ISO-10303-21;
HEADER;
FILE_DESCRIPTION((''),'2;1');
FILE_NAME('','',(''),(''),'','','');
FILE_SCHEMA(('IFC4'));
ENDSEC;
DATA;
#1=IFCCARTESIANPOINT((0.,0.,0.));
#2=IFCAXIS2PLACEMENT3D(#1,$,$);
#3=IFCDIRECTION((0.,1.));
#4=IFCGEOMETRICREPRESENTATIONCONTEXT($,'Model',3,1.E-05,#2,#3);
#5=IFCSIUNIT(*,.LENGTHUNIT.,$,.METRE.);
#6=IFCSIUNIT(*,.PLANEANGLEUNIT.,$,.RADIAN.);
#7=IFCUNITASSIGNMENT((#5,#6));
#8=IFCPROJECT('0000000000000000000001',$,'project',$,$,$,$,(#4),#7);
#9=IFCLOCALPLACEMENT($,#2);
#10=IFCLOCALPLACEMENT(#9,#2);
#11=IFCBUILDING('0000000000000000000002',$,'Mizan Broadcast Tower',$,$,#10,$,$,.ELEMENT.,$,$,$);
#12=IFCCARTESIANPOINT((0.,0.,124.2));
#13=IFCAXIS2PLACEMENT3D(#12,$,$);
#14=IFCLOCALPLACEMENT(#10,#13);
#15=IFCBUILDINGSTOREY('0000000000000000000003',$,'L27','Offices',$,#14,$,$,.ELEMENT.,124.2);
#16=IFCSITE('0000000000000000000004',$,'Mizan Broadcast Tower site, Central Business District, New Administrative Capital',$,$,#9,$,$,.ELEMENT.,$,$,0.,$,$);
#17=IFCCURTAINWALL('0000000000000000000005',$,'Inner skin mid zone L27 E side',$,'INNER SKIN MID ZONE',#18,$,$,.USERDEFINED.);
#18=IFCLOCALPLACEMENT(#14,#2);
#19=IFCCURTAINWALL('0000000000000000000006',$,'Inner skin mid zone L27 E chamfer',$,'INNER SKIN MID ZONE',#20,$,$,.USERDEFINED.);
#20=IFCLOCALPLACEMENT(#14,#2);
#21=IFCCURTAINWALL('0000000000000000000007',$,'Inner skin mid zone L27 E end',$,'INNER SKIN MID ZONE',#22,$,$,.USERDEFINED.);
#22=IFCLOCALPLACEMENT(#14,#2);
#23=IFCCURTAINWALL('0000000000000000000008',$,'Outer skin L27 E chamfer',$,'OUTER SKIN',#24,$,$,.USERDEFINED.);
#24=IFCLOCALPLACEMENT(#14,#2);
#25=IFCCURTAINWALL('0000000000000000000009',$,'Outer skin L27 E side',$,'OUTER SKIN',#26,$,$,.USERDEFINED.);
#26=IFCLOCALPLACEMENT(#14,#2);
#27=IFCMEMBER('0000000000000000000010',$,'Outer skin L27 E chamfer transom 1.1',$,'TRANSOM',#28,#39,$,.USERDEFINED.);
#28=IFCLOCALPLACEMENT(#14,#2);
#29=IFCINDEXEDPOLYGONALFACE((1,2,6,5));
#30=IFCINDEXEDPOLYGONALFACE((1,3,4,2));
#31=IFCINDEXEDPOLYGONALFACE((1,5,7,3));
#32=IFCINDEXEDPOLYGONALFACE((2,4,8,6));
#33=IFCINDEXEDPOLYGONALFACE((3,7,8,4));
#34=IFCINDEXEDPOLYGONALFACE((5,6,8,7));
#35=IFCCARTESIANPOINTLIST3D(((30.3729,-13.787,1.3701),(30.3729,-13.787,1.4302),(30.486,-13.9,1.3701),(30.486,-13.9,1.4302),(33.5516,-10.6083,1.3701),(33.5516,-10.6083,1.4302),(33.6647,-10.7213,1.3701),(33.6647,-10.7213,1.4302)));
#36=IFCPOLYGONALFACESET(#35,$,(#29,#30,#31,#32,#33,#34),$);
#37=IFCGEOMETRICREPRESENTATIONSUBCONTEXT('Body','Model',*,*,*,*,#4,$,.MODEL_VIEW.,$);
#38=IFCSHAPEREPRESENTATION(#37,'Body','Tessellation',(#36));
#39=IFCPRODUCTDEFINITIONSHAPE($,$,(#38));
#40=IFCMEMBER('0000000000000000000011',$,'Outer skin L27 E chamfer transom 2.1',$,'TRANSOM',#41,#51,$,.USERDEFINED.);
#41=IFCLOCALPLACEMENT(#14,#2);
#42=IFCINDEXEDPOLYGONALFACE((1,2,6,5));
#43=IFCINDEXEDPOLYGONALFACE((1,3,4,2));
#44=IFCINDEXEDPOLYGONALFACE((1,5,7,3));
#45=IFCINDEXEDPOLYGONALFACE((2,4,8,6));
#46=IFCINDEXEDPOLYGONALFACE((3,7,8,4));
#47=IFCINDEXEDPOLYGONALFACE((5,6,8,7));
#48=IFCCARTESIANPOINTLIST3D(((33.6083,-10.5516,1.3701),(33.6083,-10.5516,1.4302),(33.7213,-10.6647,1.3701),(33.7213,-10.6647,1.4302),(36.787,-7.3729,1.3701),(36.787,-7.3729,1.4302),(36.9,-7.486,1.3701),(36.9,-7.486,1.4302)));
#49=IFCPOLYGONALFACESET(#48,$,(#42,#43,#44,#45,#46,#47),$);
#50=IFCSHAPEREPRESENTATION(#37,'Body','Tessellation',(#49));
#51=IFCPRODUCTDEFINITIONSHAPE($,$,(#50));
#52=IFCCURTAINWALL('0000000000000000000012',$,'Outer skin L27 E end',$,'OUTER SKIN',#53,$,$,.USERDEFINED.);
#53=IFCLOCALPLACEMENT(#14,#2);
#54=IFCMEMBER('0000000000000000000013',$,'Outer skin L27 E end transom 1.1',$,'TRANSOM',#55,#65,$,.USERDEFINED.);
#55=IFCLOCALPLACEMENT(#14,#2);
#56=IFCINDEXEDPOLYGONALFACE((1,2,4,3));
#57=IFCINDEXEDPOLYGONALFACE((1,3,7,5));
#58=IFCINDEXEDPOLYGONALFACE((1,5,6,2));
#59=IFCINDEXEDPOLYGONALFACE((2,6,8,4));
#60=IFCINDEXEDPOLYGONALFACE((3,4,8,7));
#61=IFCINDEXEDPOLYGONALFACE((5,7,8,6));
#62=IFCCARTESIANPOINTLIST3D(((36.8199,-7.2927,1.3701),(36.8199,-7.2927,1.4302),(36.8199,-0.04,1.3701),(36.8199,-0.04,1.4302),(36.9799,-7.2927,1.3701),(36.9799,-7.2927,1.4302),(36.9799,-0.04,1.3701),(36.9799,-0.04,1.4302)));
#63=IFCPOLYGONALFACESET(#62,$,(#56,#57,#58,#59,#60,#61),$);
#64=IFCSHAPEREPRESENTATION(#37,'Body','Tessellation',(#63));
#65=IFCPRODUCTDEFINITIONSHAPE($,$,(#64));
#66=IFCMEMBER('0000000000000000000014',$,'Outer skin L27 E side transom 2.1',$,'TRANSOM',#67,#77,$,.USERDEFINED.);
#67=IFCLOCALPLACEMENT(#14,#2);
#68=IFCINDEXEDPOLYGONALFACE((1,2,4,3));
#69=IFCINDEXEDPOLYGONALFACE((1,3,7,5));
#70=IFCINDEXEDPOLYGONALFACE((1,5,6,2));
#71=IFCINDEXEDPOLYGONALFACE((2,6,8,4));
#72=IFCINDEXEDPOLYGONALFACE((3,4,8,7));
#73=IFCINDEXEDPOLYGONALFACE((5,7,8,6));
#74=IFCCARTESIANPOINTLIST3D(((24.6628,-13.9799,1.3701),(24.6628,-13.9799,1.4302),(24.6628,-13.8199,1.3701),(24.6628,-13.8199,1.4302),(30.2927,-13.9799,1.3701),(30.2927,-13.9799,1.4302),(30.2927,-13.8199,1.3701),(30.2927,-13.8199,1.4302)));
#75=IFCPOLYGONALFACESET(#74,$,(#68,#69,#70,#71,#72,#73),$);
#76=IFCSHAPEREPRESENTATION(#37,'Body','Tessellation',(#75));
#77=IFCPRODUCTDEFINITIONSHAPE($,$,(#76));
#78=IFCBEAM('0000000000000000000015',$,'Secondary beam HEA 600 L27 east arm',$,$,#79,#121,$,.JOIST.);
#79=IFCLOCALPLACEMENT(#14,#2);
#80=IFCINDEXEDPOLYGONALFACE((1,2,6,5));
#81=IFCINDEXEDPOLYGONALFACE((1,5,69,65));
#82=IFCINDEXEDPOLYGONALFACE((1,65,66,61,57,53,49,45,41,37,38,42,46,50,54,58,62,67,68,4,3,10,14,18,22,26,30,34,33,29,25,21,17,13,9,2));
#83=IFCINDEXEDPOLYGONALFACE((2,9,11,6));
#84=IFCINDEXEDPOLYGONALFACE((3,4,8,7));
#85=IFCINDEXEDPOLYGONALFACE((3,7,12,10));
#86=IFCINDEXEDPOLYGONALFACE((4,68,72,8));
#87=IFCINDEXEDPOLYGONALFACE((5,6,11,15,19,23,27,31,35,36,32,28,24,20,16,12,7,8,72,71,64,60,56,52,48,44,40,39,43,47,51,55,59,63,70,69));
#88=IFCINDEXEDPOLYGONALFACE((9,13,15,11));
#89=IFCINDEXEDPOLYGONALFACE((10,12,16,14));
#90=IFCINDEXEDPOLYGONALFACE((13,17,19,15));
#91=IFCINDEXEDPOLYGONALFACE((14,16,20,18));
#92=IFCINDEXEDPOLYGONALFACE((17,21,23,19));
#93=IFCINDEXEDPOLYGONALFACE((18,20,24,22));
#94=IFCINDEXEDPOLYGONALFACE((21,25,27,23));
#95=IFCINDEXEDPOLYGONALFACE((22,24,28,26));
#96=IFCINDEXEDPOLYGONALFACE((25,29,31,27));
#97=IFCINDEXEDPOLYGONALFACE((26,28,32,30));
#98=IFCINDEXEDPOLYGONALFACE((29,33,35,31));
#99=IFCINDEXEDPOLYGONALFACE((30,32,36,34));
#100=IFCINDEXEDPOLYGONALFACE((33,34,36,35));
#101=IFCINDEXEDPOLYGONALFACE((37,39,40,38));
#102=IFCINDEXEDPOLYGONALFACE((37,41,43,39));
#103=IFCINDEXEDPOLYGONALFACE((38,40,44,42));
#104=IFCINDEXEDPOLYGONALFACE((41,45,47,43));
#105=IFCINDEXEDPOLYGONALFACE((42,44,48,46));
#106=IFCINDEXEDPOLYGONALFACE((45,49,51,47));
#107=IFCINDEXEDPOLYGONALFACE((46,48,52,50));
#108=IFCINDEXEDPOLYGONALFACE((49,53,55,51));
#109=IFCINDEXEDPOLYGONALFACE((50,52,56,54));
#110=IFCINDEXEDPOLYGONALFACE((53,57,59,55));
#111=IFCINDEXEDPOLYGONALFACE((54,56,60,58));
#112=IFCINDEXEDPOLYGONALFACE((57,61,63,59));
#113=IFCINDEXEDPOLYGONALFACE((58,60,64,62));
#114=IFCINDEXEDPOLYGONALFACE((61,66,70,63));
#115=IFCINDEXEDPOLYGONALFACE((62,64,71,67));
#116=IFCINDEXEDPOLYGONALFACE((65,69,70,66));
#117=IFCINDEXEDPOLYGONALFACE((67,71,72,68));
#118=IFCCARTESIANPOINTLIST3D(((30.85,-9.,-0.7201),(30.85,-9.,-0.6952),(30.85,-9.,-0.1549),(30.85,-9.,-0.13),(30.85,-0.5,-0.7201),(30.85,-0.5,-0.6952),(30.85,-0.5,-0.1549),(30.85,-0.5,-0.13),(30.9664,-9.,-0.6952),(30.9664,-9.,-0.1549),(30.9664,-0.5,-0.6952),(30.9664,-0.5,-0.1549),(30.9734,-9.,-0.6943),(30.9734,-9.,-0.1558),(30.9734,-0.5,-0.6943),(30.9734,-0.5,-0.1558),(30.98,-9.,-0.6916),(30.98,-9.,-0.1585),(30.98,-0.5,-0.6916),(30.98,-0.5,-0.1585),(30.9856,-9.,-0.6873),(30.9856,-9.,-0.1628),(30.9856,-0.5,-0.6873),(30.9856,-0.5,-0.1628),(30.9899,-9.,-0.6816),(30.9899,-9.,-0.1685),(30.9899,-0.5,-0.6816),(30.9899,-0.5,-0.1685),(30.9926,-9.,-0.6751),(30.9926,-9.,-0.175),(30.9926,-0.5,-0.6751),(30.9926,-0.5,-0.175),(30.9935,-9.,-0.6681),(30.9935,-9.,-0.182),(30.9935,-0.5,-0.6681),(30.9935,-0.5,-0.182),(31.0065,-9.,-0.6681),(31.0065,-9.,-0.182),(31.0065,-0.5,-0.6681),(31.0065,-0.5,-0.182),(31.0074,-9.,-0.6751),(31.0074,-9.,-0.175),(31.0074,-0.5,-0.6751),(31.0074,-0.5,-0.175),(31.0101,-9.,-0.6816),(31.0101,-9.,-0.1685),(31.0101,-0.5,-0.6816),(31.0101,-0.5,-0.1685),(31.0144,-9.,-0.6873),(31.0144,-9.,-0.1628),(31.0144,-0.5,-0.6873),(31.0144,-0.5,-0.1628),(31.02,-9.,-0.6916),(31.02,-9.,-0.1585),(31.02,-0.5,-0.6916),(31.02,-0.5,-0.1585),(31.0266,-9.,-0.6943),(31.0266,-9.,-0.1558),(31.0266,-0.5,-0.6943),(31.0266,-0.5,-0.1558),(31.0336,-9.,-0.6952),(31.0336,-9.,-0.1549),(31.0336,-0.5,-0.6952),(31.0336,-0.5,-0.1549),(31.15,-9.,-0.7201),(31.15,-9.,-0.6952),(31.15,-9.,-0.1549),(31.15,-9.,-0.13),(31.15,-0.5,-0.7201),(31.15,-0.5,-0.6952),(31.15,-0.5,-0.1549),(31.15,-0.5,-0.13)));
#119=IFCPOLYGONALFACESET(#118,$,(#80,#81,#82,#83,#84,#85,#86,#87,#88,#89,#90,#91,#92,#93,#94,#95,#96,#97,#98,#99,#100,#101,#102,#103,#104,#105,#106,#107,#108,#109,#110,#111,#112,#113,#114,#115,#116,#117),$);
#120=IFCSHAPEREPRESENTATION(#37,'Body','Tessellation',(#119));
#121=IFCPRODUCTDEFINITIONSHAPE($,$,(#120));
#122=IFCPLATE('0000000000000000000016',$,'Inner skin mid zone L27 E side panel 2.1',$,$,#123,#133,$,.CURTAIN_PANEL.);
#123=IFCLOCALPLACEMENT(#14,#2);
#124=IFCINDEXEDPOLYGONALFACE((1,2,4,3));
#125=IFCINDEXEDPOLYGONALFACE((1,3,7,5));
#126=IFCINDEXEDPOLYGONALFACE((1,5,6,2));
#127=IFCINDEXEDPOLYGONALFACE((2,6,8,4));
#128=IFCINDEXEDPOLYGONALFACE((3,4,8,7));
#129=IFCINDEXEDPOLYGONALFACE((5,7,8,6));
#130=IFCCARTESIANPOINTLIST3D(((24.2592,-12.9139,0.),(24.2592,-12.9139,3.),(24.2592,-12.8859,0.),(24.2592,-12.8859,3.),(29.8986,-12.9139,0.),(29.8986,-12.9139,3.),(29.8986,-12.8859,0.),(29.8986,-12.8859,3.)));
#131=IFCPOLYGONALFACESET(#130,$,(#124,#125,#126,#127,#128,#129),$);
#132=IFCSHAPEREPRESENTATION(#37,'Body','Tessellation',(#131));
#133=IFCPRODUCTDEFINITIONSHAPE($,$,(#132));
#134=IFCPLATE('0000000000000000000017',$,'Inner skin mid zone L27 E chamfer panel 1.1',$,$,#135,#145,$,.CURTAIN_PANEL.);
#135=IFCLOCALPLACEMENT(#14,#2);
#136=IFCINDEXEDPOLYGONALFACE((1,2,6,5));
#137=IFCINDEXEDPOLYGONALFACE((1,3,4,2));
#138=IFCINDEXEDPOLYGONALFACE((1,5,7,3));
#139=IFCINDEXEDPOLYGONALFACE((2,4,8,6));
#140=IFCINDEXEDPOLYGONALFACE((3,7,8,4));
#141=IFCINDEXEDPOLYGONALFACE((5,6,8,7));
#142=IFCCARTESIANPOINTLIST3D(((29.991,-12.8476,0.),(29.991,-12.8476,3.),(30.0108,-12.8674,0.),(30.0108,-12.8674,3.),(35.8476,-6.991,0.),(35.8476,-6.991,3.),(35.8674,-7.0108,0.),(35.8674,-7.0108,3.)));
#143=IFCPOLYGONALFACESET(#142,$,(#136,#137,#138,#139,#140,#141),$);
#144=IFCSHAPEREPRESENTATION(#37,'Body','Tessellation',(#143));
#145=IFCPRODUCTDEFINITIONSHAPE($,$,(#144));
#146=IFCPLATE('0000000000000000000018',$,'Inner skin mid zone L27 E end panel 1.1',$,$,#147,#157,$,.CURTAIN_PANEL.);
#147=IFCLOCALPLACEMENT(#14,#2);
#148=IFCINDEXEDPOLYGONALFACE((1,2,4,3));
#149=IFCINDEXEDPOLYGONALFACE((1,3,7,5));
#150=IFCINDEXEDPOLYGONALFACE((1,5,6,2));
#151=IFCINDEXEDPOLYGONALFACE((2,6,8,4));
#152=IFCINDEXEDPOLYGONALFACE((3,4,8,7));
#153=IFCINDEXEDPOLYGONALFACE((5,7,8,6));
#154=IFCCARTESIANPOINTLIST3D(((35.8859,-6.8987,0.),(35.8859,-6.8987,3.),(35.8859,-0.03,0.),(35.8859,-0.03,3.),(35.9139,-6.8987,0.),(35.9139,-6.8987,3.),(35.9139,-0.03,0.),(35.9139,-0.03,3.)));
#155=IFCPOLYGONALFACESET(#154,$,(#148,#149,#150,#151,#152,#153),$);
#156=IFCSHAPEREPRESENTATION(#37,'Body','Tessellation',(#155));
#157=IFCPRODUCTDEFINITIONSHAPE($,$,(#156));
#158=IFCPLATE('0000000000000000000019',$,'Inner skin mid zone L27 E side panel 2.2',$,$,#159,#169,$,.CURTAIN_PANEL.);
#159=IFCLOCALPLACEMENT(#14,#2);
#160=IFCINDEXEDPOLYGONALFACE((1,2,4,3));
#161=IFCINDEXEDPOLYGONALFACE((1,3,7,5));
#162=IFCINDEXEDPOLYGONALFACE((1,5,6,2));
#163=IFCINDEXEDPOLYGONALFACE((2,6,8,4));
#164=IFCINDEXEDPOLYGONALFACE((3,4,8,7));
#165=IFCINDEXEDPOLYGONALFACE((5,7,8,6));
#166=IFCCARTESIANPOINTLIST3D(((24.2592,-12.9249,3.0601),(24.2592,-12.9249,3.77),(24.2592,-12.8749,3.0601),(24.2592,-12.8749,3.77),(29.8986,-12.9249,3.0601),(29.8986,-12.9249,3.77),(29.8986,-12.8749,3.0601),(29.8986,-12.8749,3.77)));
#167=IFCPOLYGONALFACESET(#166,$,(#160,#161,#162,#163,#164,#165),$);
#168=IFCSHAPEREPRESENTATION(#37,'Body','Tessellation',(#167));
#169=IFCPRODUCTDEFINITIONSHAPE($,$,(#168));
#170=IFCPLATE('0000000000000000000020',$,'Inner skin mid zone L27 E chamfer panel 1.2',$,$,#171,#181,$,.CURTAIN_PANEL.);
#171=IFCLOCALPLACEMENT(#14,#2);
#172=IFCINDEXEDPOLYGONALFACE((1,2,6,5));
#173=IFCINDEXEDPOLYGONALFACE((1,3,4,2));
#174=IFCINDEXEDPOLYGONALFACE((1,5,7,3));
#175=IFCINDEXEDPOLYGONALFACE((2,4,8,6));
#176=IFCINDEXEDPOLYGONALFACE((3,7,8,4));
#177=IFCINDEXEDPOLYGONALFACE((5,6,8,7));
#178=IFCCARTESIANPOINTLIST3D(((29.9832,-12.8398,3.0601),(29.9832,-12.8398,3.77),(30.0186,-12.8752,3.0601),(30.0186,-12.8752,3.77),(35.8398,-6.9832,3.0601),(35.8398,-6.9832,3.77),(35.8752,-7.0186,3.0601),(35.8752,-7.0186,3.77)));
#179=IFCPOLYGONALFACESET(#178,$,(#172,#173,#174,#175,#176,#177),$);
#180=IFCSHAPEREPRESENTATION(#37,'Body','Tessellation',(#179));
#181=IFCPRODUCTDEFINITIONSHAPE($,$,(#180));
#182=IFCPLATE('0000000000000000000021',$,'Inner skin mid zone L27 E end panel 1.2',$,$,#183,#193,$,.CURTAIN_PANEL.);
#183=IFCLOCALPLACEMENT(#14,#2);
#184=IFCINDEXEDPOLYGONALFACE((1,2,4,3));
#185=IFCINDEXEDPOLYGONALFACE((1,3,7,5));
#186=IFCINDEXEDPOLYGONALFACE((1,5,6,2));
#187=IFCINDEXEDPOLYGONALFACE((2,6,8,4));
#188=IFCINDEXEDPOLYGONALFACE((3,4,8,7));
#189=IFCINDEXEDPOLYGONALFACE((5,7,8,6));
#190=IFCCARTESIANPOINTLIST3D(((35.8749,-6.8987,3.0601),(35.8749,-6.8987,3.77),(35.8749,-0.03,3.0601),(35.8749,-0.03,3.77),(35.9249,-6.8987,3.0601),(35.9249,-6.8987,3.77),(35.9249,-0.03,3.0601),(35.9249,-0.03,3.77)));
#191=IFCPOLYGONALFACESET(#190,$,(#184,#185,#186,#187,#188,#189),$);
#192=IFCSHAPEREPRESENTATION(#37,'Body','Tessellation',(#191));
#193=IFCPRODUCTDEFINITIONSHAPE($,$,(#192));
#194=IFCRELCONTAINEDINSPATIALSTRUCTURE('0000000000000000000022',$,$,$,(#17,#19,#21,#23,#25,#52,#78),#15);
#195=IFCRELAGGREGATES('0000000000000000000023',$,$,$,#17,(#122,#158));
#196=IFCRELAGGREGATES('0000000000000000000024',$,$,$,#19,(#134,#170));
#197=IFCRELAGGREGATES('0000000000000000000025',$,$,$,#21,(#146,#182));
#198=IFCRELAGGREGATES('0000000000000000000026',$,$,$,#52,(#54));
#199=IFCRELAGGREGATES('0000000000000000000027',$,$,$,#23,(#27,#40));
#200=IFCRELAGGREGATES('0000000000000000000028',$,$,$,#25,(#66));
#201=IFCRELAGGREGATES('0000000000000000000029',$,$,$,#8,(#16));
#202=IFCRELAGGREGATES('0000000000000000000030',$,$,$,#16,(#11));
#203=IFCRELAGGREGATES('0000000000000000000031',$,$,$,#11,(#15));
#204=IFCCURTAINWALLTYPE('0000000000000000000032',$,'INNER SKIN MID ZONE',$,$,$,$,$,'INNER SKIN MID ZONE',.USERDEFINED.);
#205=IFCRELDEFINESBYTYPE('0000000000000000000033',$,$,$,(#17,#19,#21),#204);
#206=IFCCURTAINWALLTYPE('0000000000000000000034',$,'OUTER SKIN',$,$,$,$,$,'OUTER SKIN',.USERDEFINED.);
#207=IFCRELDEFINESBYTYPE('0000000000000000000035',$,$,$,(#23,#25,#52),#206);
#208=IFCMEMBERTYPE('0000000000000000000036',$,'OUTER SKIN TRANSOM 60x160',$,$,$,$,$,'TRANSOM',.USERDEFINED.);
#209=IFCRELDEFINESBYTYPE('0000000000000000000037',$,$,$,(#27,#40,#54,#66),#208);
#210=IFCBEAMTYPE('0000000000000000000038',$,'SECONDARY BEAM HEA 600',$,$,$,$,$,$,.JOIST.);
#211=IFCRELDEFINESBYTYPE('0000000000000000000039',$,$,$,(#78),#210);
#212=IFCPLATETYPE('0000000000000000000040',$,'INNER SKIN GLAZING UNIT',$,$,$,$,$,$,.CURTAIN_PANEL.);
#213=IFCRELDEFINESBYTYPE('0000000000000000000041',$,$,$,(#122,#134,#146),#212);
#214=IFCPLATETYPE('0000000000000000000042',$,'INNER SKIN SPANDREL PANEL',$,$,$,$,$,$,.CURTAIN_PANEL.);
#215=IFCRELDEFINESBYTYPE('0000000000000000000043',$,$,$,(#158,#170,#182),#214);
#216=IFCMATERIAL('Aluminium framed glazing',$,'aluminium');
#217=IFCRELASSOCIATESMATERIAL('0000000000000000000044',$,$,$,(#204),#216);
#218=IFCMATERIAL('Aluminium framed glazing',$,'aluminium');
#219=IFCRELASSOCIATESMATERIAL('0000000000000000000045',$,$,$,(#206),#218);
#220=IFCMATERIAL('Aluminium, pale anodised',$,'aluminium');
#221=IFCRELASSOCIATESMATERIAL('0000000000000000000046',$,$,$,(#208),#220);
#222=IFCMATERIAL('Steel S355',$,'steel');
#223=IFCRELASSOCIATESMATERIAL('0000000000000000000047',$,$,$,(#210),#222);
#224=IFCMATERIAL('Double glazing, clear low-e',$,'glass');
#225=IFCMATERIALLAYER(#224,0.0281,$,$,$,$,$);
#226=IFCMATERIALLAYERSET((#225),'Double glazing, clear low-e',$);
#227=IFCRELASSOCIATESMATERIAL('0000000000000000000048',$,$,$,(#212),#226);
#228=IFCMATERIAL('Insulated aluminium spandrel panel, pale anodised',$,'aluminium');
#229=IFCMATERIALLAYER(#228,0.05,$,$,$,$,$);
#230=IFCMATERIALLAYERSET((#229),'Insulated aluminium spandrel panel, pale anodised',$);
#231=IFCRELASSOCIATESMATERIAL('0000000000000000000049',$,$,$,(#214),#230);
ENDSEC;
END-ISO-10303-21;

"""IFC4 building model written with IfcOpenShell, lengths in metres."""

from ifc_helpers import new_model, si_unit, direction, frame, origin, origin_2d, place, context, subcontext, project, spatial, rectangle, i_section, extrude, material, layer, layer_set, material_profile, profile_set, type_object, element, aggregate, save


model = new_model("IFC4")

# Units and contexts
model_context = context("Model", 3, precision=1e-05, world=origin(), true_north=direction((0.0, 1.0)))
body_context = subcontext(model_context, "Body", "Model", "MODEL_VIEW")
ifc_project = project(units=[si_unit("LENGTHUNIT", "METRE"), si_unit("PLANEANGLEUNIT", "RADIAN")], contexts=[model_context])

# Site, building, storey
site_placement = place(None, origin())
site = spatial("IfcSite", under=ifc_project, at=site_placement, Name="Mizan Broadcast Tower site, Central Business District, New Administrative Capital", CompositionType="ELEMENT", RefElevation=0.0)
building_placement = place(site_placement, origin())
building = spatial("IfcBuilding", under=site, at=building_placement, Name="Mizan Broadcast Tower", CompositionType="ELEMENT")
storey_placement = place(building_placement, frame((0.0, 0.0, 124.2)))
storey = spatial("IfcBuildingStorey", under=building, at=storey_placement, Name="L27", Description="Offices", CompositionType="ELEMENT", Elevation=124.2)

# Curtain walls
ifc_material_1 = material(Name="Aluminium framed glazing", Category="aluminium")
curtain_wall_type_1 = type_object("IfcCurtainWallType", Name="INNER SKIN MID ZONE", ElementType="INNER SKIN MID ZONE", PredefinedType="USERDEFINED", material=ifc_material_1)
curtain_wall_1_placement = place(storey_placement, origin())
curtain_wall_1 = element("IfcCurtainWall", 1, at=curtain_wall_1_placement, inside=storey, type_object=curtain_wall_type_1, Name="Inner skin mid zone L27 E side", ObjectType="INNER SKIN MID ZONE", PredefinedType="USERDEFINED")
curtain_wall_2_placement = place(storey_placement, origin())
curtain_wall_2 = element("IfcCurtainWall", 2, at=curtain_wall_2_placement, inside=storey, type_object=curtain_wall_type_1, Name="Inner skin mid zone L27 E chamfer", ObjectType="INNER SKIN MID ZONE", PredefinedType="USERDEFINED")

# Curtain wall
curtain_wall_3_placement = place(storey_placement, origin())
curtain_wall_3 = element("IfcCurtainWall", 3, at=curtain_wall_3_placement, inside=storey, type_object=curtain_wall_type_1, Name="Inner skin mid zone L27 E end", ObjectType="INNER SKIN MID ZONE", PredefinedType="USERDEFINED")

# Curtain walls
ifc_material_2 = material(Name="Aluminium framed glazing", Category="aluminium")
curtain_wall_type_2 = type_object("IfcCurtainWallType", Name="OUTER SKIN", ElementType="OUTER SKIN", PredefinedType="USERDEFINED", material=ifc_material_2)
curtain_wall_4_placement = place(storey_placement, origin())
curtain_wall_4 = element("IfcCurtainWall", 4, at=curtain_wall_4_placement, inside=storey, type_object=curtain_wall_type_2, Name="Outer skin L27 E chamfer", ObjectType="OUTER SKIN", PredefinedType="USERDEFINED")
curtain_wall_5_placement = place(storey_placement, origin())
curtain_wall_5 = element("IfcCurtainWall", 5, at=curtain_wall_5_placement, inside=storey, type_object=curtain_wall_type_2, Name="Outer skin L27 E side", ObjectType="OUTER SKIN", PredefinedType="USERDEFINED")

# Members
ifc_material_3 = material(Name="Aluminium, pale anodised", Category="aluminium")
ifc_material_profile_1 = material_profile(ifc_material_3, rectangle(XDim=0.1599, YDim=0.0601, at=origin_2d()), Name="TRANSOM 160x60")
ifc_profile_set_1 = profile_set([ifc_material_profile_1], Name="Aluminium, pale anodised")
member_type_1 = type_object("IfcMemberType", Name="OUTER SKIN TRANSOM 60x160", ElementType="TRANSOM", PredefinedType="USERDEFINED", material=ifc_profile_set_1)
member_1_placement = place(storey_placement, frame((30.4294, -13.8435, 1.4001), z_axis=(0.707107, 0.707107, 0.0), x_axis=(-0.707107, 0.707107, 0.0)))
member_1 = element("IfcMember", 6, at=member_1_placement, type_object=member_type_1, Name="Outer skin L27 E chamfer transom 1.1", ObjectType="TRANSOM", PredefinedType="USERDEFINED", context=body_context, shape_type="SweptSolid", body=[
    extrude(rectangle(XDim=0.1599, YDim=0.0601, at=origin_2d()), origin(), (0.0, 0.0, 1.0), 4.4954),
])
member_2_placement = place(storey_placement, frame((33.6648, -10.6082, 1.4001), z_axis=(0.707107, 0.707107, 0.0), x_axis=(-0.707107, 0.707107, 0.0)))
member_2 = element("IfcMember", 7, at=member_2_placement, type_object=member_type_1, Name="Outer skin L27 E chamfer transom 2.1", ObjectType="TRANSOM", PredefinedType="USERDEFINED", context=body_context, shape_type="SweptSolid", body=[
    extrude(rectangle(XDim=0.1599, YDim=0.0601, at=origin_2d()), origin(), (0.0, 0.0, 1.0), 4.4954),
])

# Curtain wall, member
curtain_wall_6_placement = place(storey_placement, origin())
curtain_wall_6 = element("IfcCurtainWall", 8, at=curtain_wall_6_placement, inside=storey, type_object=curtain_wall_type_2, Name="Outer skin L27 E end", ObjectType="OUTER SKIN", PredefinedType="USERDEFINED")
member_3_placement = place(storey_placement, frame((36.8999, -7.2927, 1.4001), z_axis=(0.0, 1.0, 0.0), x_axis=(-1.0, 0.0, 0.0)))
member_3 = element("IfcMember", 9, at=member_3_placement, type_object=member_type_1, Name="Outer skin L27 E end transom 1.1", ObjectType="TRANSOM", PredefinedType="USERDEFINED", context=body_context, shape_type="SweptSolid", body=[
    extrude(rectangle(XDim=0.1599, YDim=0.0601, at=origin_2d()), origin(), (0.0, 0.0, 1.0), 7.2527),
])

# Member
member_4_placement = place(storey_placement, frame((24.6628, -13.8999, 1.4001), z_axis=(1.0, 0.0, 0.0), x_axis=(0.0, 1.0, 0.0)))
member_4 = element("IfcMember", 10, at=member_4_placement, type_object=member_type_1, Name="Outer skin L27 E side transom 2.1", ObjectType="TRANSOM", PredefinedType="USERDEFINED", context=body_context, shape_type="SweptSolid", body=[
    extrude(rectangle(XDim=0.1599, YDim=0.0601, at=origin_2d()), origin(), (0.0, 0.0, 1.0), 5.6299),
])

# Beam
ifc_material_4 = material(Name="Steel S355", Category="steel")
ifc_material_profile_2 = material_profile(ifc_material_4, i_section(OverallWidth=0.3, OverallDepth=0.5901, WebThickness=0.0129, FlangeThickness=0.0249, FilletRadius=0.0271, at=origin_2d()), Name="HEA 600")
ifc_profile_set_2 = profile_set([ifc_material_profile_2], Name="Steel S355")
beam_type_1 = type_object("IfcBeamType", Name="SECONDARY BEAM HEA 600", PredefinedType="JOIST", material=ifc_profile_set_2)
beam_1_placement = place(storey_placement, frame((31.0, -9.0, -0.425), z_axis=(0.0, 1.0, 0.0), x_axis=(-1.0, 0.0, 0.0)))
element("IfcBeam", 11, at=beam_1_placement, inside=storey, type_object=beam_type_1, Name="Secondary beam HEA 600 L27 east arm", PredefinedType="JOIST", context=body_context, shape_type="SweptSolid", body=[
    extrude(i_section(OverallWidth=0.3, OverallDepth=0.5901, WebThickness=0.0129, FlangeThickness=0.0249, FilletRadius=0.0271, at=origin_2d()), origin(), (0.0, 0.0, 1.0), 8.5),
])

# Plates
ifc_material_5 = material(Name="Double glazing, clear low-e", Category="glass")
ifc_layer_1 = layer(ifc_material_5, 0.0281)
ifc_layer_set_1 = layer_set([ifc_layer_1], Name="Double glazing, clear low-e")
plate_type_1 = type_object("IfcPlateType", Name="INNER SKIN GLAZING UNIT", PredefinedType="CURTAIN_PANEL", material=ifc_layer_set_1)
plate_1_placement = place(storey_placement, frame((27.0789, -12.8999, 0.0), z_axis=(0.0, 0.0, 1.0), x_axis=(1.0, 0.0, 0.0)))
plate_1 = element("IfcPlate", 12, at=plate_1_placement, type_object=plate_type_1, Name="Inner skin mid zone L27 E side panel 2.1", PredefinedType="CURTAIN_PANEL", context=body_context, shape_type="SweptSolid", body=[
    extrude(rectangle(XDim=5.6394, YDim=0.0281, at=origin_2d()), origin(), (0.0, 0.0, 1.0), 3.0),
])
plate_2_placement = place(storey_placement, frame((32.9292, -9.9292, 0.0), z_axis=(0.0, 0.0, 1.0), x_axis=(0.707107, 0.707107, 0.0)))
plate_2 = element("IfcPlate", 13, at=plate_2_placement, type_object=plate_type_1, Name="Inner skin mid zone L27 E chamfer panel 1.1", PredefinedType="CURTAIN_PANEL", context=body_context, shape_type="SweptSolid", body=[
    extrude(rectangle(XDim=8.2825, YDim=0.0281, at=origin_2d()), origin(), (0.0, 0.0, 1.0), 3.0),
])
plate_3_placement = place(storey_placement, frame((35.8999, -3.4644, 0.0), z_axis=(0.0, 0.0, 1.0), x_axis=(0.0, 1.0, 0.0)))
plate_3 = element("IfcPlate", 14, at=plate_3_placement, type_object=plate_type_1, Name="Inner skin mid zone L27 E end panel 1.1", PredefinedType="CURTAIN_PANEL", context=body_context, shape_type="SweptSolid", body=[
    extrude(rectangle(XDim=6.8687, YDim=0.0281, at=origin_2d()), origin(), (0.0, 0.0, 1.0), 3.0),
])
ifc_material_6 = material(Name="Insulated aluminium spandrel panel, pale anodised", Category="aluminium")
ifc_layer_2 = layer(ifc_material_6, 0.05)
ifc_layer_set_2 = layer_set([ifc_layer_2], Name="Insulated aluminium spandrel panel, pale anodised")
plate_type_2 = type_object("IfcPlateType", Name="INNER SKIN SPANDREL PANEL", PredefinedType="CURTAIN_PANEL", material=ifc_layer_set_2)
plate_4_placement = place(storey_placement, frame((27.0789, -12.8999, 3.0601), z_axis=(0.0, 0.0, 1.0), x_axis=(1.0, 0.0, 0.0)))
plate_4 = element("IfcPlate", 15, at=plate_4_placement, type_object=plate_type_2, Name="Inner skin mid zone L27 E side panel 2.2", PredefinedType="CURTAIN_PANEL", context=body_context, shape_type="SweptSolid", body=[
    extrude(rectangle(XDim=5.6394, YDim=0.05, at=origin_2d()), origin(), (0.0, 0.0, 1.0), 0.71),
])
aggregate(curtain_wall_1, [plate_1, plate_4])
plate_5_placement = place(storey_placement, frame((32.9292, -9.9292, 3.0601), z_axis=(0.0, 0.0, 1.0), x_axis=(0.707107, 0.707107, 0.0)))
plate_5 = element("IfcPlate", 16, at=plate_5_placement, type_object=plate_type_2, Name="Inner skin mid zone L27 E chamfer panel 1.2", PredefinedType="CURTAIN_PANEL", context=body_context, shape_type="SweptSolid", body=[
    extrude(rectangle(XDim=8.2825, YDim=0.05, at=origin_2d()), origin(), (0.0, 0.0, 1.0), 0.71),
])
aggregate(curtain_wall_2, [plate_2, plate_5])
plate_6_placement = place(storey_placement, frame((35.8999, -3.4644, 3.0601), z_axis=(0.0, 0.0, 1.0), x_axis=(0.0, 1.0, 0.0)))
plate_6 = element("IfcPlate", 17, at=plate_6_placement, type_object=plate_type_2, Name="Inner skin mid zone L27 E end panel 1.2", PredefinedType="CURTAIN_PANEL", context=body_context, shape_type="SweptSolid", body=[
    extrude(rectangle(XDim=6.8687, YDim=0.05, at=origin_2d()), origin(), (0.0, 0.0, 1.0), 0.71),
])
aggregate(curtain_wall_3, [plate_3, plate_6])
aggregate(curtain_wall_6, [member_3])
aggregate(curtain_wall_4, [member_1, member_2])
aggregate(curtain_wall_5, [member_4])

save(model, "model.ifc")
